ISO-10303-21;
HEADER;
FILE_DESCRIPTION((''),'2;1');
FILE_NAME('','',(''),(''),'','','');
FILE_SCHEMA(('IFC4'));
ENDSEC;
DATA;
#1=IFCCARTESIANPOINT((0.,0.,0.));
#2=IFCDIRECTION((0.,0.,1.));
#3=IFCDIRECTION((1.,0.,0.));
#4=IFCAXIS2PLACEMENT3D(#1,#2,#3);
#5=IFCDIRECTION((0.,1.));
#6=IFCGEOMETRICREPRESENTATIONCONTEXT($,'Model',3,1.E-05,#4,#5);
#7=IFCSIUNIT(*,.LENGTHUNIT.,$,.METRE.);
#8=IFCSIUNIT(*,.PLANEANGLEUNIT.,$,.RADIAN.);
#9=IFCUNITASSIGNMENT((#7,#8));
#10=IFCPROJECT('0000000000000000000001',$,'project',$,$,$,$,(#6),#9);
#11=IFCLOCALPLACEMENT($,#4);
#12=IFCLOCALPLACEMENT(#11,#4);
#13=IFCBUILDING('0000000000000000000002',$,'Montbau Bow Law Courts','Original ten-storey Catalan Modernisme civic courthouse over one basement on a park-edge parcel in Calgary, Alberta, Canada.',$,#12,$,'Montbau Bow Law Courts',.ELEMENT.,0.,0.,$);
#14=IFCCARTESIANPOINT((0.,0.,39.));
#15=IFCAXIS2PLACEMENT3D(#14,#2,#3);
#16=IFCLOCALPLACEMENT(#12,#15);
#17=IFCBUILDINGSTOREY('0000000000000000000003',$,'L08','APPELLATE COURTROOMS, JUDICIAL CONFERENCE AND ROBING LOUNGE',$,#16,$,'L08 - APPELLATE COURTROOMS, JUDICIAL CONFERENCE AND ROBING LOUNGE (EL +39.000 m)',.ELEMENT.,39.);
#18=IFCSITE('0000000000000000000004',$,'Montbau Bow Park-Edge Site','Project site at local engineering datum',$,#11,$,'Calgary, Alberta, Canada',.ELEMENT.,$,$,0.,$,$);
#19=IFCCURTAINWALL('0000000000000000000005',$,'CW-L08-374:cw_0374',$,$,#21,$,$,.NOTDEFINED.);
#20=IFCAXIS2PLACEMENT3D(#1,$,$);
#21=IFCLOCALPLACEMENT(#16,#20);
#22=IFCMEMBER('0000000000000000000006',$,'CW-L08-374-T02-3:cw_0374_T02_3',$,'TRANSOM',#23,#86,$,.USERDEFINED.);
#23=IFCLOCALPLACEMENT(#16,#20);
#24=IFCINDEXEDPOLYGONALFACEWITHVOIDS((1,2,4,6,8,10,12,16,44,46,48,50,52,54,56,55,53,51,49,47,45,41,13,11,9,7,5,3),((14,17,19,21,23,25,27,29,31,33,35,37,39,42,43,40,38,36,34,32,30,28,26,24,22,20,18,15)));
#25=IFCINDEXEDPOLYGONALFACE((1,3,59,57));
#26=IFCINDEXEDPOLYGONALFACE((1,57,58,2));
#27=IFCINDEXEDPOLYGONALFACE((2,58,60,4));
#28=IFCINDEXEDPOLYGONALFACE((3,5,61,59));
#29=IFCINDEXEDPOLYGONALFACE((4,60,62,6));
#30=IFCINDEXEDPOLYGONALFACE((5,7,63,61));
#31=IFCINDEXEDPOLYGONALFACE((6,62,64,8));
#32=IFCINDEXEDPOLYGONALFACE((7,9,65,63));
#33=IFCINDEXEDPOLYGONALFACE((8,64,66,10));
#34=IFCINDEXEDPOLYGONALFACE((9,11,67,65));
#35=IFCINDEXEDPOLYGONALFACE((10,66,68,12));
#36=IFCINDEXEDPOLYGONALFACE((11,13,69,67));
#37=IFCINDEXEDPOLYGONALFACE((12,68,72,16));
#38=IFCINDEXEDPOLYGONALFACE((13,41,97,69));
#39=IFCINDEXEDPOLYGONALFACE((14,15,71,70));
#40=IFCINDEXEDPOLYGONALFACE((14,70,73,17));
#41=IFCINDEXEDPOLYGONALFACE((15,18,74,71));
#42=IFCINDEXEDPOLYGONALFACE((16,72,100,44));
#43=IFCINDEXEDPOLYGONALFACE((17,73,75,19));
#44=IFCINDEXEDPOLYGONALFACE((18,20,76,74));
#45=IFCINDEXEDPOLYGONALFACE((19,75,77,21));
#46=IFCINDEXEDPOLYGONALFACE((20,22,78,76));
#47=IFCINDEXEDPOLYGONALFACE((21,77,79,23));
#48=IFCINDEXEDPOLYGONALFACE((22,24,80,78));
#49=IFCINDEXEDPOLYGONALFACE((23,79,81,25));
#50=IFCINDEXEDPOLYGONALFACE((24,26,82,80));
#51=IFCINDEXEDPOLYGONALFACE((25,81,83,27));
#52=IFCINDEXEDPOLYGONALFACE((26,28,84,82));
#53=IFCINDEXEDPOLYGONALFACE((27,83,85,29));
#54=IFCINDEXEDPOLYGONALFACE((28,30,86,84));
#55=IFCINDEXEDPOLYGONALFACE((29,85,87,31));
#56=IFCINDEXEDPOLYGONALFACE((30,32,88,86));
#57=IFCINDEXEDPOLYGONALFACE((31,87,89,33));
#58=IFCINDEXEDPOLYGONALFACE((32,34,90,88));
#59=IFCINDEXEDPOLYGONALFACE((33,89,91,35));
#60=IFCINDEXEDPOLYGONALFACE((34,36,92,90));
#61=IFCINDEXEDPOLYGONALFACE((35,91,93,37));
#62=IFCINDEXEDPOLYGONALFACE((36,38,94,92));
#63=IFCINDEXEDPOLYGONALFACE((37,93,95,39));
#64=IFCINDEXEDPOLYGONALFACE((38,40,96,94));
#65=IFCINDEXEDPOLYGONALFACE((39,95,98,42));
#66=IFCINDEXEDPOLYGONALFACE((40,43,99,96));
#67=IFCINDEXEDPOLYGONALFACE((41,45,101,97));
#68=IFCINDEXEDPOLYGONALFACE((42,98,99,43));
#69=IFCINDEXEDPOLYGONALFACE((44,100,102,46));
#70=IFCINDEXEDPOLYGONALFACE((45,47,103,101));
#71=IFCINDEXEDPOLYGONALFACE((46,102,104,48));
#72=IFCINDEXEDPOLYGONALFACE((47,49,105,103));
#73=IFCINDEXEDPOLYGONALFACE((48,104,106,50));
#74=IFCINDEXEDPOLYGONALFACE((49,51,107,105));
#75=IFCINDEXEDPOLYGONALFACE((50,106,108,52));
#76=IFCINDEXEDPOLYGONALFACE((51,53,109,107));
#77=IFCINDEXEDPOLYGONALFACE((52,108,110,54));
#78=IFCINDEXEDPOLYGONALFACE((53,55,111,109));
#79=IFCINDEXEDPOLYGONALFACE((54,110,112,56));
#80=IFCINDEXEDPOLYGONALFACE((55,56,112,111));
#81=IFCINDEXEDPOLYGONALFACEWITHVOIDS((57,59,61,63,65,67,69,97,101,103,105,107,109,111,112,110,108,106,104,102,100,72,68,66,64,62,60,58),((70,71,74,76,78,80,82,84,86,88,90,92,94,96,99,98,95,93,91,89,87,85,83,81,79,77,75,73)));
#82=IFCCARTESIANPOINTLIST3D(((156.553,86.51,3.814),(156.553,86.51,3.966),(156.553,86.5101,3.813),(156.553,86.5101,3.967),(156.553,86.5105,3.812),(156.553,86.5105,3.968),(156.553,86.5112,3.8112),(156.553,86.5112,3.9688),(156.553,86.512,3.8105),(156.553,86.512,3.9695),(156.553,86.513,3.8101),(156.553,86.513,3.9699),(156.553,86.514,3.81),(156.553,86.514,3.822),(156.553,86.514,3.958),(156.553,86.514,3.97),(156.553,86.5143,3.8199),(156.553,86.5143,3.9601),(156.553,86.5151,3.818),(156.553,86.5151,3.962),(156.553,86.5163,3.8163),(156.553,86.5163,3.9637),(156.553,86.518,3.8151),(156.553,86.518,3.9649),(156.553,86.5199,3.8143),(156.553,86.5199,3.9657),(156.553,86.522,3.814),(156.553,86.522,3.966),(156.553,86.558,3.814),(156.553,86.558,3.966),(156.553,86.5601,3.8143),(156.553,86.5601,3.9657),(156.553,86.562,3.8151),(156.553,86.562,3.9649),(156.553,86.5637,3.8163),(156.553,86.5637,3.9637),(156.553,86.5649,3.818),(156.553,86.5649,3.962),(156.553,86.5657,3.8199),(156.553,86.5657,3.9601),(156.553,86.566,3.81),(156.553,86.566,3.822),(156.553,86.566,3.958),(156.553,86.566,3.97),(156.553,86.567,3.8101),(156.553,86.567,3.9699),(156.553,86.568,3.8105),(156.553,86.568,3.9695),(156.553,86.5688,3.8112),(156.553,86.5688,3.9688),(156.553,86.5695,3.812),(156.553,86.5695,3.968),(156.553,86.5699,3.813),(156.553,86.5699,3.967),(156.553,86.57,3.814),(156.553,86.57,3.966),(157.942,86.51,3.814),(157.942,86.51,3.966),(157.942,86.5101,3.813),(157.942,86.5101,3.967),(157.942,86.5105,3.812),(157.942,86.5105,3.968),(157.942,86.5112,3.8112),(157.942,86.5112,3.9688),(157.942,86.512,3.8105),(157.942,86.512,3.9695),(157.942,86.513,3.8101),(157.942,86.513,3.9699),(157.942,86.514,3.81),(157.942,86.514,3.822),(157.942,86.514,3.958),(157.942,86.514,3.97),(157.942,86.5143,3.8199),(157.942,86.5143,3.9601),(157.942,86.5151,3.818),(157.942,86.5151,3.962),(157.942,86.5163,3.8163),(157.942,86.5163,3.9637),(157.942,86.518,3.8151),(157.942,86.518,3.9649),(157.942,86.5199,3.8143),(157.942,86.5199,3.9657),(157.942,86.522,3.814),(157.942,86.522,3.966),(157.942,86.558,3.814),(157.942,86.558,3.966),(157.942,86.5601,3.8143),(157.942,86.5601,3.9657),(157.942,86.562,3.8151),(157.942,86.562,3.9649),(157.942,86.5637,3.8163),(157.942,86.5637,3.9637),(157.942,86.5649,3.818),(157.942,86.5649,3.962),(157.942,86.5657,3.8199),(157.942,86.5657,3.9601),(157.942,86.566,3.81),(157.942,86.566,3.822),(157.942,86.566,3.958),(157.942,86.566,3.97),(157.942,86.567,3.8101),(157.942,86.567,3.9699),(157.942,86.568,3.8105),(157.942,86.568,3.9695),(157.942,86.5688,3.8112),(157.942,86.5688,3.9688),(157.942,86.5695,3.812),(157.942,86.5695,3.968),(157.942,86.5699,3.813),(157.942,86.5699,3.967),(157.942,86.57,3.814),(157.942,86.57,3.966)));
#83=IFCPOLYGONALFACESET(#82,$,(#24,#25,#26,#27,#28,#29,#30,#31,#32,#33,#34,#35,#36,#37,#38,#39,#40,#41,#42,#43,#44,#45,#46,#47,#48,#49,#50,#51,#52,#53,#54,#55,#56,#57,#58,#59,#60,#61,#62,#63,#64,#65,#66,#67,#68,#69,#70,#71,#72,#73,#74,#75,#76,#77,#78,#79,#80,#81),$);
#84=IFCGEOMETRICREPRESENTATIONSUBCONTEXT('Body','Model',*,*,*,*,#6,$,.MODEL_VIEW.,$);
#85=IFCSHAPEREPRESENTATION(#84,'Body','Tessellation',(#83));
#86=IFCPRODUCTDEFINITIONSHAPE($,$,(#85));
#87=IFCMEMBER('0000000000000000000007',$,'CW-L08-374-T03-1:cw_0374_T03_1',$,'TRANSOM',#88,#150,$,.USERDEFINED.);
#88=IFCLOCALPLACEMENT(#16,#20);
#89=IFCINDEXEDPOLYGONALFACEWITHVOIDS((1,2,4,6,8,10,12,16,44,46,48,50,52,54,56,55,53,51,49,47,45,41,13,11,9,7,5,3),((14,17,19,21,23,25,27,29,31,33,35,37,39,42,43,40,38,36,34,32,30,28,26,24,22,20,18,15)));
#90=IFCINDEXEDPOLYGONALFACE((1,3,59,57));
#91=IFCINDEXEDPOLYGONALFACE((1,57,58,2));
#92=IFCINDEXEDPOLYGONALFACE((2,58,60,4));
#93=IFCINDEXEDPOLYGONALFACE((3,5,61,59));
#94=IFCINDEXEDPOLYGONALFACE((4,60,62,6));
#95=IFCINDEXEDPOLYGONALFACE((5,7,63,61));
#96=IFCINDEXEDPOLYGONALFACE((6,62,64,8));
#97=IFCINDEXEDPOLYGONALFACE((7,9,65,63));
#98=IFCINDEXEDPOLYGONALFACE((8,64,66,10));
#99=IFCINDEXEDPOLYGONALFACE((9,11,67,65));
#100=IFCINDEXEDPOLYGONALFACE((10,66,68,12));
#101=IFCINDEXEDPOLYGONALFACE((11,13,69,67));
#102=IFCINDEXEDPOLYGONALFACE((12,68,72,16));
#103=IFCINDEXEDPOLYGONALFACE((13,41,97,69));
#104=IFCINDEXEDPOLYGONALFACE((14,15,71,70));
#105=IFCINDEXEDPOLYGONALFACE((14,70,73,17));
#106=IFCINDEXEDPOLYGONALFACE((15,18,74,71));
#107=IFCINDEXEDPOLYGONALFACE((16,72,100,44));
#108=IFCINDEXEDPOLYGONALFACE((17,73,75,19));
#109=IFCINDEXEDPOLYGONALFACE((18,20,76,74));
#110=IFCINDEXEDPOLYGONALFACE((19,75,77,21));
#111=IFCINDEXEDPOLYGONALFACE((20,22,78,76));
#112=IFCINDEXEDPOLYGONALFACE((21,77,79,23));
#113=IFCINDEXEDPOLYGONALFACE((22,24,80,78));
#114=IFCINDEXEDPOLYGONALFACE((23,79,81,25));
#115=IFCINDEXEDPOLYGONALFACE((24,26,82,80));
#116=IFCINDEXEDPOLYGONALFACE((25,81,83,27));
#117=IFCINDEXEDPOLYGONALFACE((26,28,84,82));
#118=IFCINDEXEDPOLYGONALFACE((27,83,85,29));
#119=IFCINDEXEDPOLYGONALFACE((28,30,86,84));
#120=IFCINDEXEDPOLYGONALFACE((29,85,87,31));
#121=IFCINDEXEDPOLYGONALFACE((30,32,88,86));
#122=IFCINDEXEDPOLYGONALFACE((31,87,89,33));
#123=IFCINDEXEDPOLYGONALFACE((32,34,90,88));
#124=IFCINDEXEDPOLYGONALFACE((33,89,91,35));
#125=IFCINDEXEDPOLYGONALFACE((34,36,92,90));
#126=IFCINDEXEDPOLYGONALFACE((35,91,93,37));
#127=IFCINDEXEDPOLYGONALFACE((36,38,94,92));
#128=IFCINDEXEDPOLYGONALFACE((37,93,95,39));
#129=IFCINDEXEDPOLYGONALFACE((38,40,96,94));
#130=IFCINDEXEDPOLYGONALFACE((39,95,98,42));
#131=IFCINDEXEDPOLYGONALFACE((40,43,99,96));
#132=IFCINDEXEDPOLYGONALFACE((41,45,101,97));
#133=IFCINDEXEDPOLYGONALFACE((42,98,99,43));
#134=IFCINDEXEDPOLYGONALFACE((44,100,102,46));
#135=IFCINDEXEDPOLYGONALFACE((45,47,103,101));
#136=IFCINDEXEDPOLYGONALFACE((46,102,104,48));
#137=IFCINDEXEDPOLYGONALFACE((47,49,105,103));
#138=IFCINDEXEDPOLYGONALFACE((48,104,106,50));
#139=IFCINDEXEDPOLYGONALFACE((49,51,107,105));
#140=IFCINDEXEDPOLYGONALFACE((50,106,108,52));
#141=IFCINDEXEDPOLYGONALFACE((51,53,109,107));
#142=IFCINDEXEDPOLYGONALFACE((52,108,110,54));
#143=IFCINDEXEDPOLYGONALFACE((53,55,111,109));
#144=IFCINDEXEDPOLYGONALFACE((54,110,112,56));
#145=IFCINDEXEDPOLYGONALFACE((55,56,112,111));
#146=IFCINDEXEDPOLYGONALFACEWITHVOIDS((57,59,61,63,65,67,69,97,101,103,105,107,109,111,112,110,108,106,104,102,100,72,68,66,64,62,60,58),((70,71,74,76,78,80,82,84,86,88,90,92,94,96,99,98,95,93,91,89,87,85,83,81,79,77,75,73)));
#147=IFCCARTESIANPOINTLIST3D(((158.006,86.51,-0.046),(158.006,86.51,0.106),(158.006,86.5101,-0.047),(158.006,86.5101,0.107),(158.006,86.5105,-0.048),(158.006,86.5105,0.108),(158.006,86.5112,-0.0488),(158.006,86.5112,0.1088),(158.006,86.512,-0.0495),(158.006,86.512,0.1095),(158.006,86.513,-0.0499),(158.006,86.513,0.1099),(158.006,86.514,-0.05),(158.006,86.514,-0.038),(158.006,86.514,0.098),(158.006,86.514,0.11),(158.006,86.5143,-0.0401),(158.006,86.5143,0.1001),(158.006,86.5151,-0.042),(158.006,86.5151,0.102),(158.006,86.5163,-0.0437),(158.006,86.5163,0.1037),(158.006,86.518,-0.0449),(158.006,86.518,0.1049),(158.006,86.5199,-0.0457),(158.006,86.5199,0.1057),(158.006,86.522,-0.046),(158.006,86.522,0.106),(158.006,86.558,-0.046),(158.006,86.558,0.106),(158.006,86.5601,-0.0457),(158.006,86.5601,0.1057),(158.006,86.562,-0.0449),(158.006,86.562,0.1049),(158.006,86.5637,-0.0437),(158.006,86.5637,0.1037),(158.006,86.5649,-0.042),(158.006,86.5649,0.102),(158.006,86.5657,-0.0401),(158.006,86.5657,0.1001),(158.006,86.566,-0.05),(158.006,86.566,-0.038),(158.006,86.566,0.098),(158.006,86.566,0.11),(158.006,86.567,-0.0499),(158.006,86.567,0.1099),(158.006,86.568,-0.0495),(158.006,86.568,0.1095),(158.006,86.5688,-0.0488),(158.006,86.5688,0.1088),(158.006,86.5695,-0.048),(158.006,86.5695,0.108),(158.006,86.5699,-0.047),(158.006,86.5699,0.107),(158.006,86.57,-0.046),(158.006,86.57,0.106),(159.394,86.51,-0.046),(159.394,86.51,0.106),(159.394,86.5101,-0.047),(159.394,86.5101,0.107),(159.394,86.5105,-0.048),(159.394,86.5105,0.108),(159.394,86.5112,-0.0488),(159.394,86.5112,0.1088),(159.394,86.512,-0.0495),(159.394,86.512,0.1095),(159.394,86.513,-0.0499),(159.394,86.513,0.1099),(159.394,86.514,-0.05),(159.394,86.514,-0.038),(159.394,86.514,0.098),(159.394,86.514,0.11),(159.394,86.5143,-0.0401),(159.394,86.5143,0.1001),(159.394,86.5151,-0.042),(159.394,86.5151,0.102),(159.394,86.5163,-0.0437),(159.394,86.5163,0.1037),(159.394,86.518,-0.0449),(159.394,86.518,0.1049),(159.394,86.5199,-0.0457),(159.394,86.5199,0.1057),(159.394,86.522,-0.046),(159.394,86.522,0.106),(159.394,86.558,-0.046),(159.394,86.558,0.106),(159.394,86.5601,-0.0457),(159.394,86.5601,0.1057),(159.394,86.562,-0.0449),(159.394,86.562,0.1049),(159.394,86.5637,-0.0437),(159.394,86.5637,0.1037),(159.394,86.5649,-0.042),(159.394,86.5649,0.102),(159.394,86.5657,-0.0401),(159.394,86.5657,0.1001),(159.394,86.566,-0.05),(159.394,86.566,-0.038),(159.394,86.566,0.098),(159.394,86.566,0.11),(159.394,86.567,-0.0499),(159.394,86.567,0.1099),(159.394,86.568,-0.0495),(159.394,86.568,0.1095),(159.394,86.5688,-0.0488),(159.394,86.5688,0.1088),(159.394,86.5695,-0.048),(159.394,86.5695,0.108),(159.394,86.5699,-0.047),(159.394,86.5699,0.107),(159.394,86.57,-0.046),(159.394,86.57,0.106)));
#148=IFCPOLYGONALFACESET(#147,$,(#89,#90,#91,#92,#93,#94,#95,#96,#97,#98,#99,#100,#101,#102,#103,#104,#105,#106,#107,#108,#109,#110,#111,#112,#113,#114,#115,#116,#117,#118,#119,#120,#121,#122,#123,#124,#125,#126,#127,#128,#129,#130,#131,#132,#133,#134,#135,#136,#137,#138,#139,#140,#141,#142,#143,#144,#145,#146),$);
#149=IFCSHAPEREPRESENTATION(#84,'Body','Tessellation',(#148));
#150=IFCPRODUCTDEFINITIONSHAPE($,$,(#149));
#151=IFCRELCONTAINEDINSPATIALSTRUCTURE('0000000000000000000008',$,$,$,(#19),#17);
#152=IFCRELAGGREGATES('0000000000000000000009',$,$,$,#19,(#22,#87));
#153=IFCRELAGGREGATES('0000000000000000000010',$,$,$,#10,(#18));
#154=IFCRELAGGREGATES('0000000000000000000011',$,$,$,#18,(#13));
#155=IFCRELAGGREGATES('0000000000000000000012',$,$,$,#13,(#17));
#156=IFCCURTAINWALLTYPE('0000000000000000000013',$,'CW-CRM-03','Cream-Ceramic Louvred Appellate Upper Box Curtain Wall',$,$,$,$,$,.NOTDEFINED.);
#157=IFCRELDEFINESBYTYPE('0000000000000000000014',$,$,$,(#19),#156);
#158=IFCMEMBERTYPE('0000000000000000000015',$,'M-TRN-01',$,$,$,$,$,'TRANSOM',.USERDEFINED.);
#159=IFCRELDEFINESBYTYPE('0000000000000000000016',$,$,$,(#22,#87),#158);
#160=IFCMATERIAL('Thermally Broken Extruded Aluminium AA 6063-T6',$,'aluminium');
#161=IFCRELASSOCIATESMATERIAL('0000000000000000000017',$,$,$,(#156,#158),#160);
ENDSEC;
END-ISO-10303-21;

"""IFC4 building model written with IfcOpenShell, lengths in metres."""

from ifc_helpers import new_model, si_unit, direction, frame, origin_with_axes, origin_2d_with_axis, place, context, subcontext, project, spatial, hollow_rectangle, extrude, material, material_profile, profile_set, type_object, element, aggregate, save


model = new_model("IFC4")

# Units and contexts
model_context = context("Model", 3, precision=1e-05, world=origin_with_axes(), true_north=direction((0.0, 1.0)))
body_context = subcontext(model_context, "Body", "Model", "MODEL_VIEW")
ifc_project = project(units=[si_unit("LENGTHUNIT", "METRE"), si_unit("PLANEANGLEUNIT", "RADIAN")], contexts=[model_context])

# Site, building, storey
site_placement = place(None, origin_with_axes())
site = spatial("IfcSite", under=ifc_project, at=site_placement, Name="Montbau Bow Park-Edge Site", Description="Project site at local engineering datum", LongName="Calgary, Alberta, Canada", CompositionType="ELEMENT", RefElevation=0.0)
building_placement = place(site_placement, origin_with_axes())
building = spatial("IfcBuilding", under=site, at=building_placement, Name="Montbau Bow Law Courts", Description="Original ten-storey Catalan Modernisme civic courthouse over one basement on a park-edge parcel in Calgary, Alberta, Canada.", LongName="Montbau Bow Law Courts", CompositionType="ELEMENT", ElevationOfRefHeight=0.0, ElevationOfTerrain=0.0)
storey_placement = place(building_placement, frame((0.0, 0.0, 39.0), z_axis=(0.0, 0.0, 1.0), x_axis=(1.0, 0.0, 0.0)))
storey = spatial("IfcBuildingStorey", under=building, at=storey_placement, Name="L08", Description="APPELLATE COURTROOMS, JUDICIAL CONFERENCE AND ROBING LOUNGE", LongName="L08 - APPELLATE COURTROOMS, JUDICIAL CONFERENCE AND ROBING LOUNGE (EL +39.000 m)", CompositionType="ELEMENT", Elevation=39.0)

# Curtain wall, members
ifc_material_1 = material(Name="Thermally Broken Extruded Aluminium AA 6063-T6", Category="aluminium")
curtain_wall_type = type_object("IfcCurtainWallType", Name="CW-CRM-03", Description="Cream-Ceramic Louvred Appellate Upper Box Curtain Wall", PredefinedType="NOTDEFINED", material=ifc_material_1)
curtain_wall_placement = place(None, frame((155.068, 86.54, 39.0), z_axis=(0.0, 0.0, 1.0), x_axis=(1.0, 0.0, 0.0)))
curtain_wall = element("IfcCurtainWall", 1, at=curtain_wall_placement, inside=storey, type_object=curtain_wall_type, Name="CW-L08-374:cw_0374", PredefinedType="NOTDEFINED")
ifc_material_profile_1 = material_profile(ifc_material_1, hollow_rectangle(XDim=0.06, YDim=0.16, WallThickness=0.004, InnerFilletRadius=0.008, OuterFilletRadius=0.004, at=origin_2d_with_axis()), Name="CWT-160X60", Category="Main", Priority=0)
ifc_profile_set_1 = profile_set([ifc_material_profile_1], Name="Thermally Broken Extruded Aluminium AA 6063-T6")
member_type_1 = type_object("IfcMemberType", Name="M-TRN-01", ElementType="TRANSOM", PredefinedType="USERDEFINED", material=ifc_profile_set_1)
member_1_placement = place(None, frame((156.553, 86.54, 42.89), z_axis=(1.0, 0.0, 0.0), x_axis=(0.0, 1.0, 0.0)))
member_1 = element("IfcMember", 2, at=member_1_placement, type_object=member_type_1, Name="CW-L08-374-T02-3:cw_0374_T02_3", ObjectType="TRANSOM", PredefinedType="USERDEFINED", context=body_context, shape_type="SweptSolid", body=[
    extrude(hollow_rectangle(XDim=0.06, YDim=0.16, WallThickness=0.004, InnerFilletRadius=0.008, OuterFilletRadius=0.004, at=origin_2d_with_axis()), origin_with_axes(), (0.0, 0.0, 1.0), 1.389),
])
member_2_placement = place(None, frame((158.006, 86.54, 39.03), z_axis=(1.0, 0.0, 0.0), x_axis=(0.0, 1.0, 0.0)))
member_2 = element("IfcMember", 3, at=member_2_placement, type_object=member_type_1, Name="CW-L08-374-T03-1:cw_0374_T03_1", ObjectType="TRANSOM", PredefinedType="USERDEFINED", context=body_context, shape_type="SweptSolid", body=[
    extrude(hollow_rectangle(XDim=0.06, YDim=0.16, WallThickness=0.004, InnerFilletRadius=0.008, OuterFilletRadius=0.004, at=origin_2d_with_axis()), origin_with_axes(), (0.0, 0.0, 1.0), 1.388),
])
aggregate(curtain_wall, [member_1, member_2])

save(model, "model.ifc")
